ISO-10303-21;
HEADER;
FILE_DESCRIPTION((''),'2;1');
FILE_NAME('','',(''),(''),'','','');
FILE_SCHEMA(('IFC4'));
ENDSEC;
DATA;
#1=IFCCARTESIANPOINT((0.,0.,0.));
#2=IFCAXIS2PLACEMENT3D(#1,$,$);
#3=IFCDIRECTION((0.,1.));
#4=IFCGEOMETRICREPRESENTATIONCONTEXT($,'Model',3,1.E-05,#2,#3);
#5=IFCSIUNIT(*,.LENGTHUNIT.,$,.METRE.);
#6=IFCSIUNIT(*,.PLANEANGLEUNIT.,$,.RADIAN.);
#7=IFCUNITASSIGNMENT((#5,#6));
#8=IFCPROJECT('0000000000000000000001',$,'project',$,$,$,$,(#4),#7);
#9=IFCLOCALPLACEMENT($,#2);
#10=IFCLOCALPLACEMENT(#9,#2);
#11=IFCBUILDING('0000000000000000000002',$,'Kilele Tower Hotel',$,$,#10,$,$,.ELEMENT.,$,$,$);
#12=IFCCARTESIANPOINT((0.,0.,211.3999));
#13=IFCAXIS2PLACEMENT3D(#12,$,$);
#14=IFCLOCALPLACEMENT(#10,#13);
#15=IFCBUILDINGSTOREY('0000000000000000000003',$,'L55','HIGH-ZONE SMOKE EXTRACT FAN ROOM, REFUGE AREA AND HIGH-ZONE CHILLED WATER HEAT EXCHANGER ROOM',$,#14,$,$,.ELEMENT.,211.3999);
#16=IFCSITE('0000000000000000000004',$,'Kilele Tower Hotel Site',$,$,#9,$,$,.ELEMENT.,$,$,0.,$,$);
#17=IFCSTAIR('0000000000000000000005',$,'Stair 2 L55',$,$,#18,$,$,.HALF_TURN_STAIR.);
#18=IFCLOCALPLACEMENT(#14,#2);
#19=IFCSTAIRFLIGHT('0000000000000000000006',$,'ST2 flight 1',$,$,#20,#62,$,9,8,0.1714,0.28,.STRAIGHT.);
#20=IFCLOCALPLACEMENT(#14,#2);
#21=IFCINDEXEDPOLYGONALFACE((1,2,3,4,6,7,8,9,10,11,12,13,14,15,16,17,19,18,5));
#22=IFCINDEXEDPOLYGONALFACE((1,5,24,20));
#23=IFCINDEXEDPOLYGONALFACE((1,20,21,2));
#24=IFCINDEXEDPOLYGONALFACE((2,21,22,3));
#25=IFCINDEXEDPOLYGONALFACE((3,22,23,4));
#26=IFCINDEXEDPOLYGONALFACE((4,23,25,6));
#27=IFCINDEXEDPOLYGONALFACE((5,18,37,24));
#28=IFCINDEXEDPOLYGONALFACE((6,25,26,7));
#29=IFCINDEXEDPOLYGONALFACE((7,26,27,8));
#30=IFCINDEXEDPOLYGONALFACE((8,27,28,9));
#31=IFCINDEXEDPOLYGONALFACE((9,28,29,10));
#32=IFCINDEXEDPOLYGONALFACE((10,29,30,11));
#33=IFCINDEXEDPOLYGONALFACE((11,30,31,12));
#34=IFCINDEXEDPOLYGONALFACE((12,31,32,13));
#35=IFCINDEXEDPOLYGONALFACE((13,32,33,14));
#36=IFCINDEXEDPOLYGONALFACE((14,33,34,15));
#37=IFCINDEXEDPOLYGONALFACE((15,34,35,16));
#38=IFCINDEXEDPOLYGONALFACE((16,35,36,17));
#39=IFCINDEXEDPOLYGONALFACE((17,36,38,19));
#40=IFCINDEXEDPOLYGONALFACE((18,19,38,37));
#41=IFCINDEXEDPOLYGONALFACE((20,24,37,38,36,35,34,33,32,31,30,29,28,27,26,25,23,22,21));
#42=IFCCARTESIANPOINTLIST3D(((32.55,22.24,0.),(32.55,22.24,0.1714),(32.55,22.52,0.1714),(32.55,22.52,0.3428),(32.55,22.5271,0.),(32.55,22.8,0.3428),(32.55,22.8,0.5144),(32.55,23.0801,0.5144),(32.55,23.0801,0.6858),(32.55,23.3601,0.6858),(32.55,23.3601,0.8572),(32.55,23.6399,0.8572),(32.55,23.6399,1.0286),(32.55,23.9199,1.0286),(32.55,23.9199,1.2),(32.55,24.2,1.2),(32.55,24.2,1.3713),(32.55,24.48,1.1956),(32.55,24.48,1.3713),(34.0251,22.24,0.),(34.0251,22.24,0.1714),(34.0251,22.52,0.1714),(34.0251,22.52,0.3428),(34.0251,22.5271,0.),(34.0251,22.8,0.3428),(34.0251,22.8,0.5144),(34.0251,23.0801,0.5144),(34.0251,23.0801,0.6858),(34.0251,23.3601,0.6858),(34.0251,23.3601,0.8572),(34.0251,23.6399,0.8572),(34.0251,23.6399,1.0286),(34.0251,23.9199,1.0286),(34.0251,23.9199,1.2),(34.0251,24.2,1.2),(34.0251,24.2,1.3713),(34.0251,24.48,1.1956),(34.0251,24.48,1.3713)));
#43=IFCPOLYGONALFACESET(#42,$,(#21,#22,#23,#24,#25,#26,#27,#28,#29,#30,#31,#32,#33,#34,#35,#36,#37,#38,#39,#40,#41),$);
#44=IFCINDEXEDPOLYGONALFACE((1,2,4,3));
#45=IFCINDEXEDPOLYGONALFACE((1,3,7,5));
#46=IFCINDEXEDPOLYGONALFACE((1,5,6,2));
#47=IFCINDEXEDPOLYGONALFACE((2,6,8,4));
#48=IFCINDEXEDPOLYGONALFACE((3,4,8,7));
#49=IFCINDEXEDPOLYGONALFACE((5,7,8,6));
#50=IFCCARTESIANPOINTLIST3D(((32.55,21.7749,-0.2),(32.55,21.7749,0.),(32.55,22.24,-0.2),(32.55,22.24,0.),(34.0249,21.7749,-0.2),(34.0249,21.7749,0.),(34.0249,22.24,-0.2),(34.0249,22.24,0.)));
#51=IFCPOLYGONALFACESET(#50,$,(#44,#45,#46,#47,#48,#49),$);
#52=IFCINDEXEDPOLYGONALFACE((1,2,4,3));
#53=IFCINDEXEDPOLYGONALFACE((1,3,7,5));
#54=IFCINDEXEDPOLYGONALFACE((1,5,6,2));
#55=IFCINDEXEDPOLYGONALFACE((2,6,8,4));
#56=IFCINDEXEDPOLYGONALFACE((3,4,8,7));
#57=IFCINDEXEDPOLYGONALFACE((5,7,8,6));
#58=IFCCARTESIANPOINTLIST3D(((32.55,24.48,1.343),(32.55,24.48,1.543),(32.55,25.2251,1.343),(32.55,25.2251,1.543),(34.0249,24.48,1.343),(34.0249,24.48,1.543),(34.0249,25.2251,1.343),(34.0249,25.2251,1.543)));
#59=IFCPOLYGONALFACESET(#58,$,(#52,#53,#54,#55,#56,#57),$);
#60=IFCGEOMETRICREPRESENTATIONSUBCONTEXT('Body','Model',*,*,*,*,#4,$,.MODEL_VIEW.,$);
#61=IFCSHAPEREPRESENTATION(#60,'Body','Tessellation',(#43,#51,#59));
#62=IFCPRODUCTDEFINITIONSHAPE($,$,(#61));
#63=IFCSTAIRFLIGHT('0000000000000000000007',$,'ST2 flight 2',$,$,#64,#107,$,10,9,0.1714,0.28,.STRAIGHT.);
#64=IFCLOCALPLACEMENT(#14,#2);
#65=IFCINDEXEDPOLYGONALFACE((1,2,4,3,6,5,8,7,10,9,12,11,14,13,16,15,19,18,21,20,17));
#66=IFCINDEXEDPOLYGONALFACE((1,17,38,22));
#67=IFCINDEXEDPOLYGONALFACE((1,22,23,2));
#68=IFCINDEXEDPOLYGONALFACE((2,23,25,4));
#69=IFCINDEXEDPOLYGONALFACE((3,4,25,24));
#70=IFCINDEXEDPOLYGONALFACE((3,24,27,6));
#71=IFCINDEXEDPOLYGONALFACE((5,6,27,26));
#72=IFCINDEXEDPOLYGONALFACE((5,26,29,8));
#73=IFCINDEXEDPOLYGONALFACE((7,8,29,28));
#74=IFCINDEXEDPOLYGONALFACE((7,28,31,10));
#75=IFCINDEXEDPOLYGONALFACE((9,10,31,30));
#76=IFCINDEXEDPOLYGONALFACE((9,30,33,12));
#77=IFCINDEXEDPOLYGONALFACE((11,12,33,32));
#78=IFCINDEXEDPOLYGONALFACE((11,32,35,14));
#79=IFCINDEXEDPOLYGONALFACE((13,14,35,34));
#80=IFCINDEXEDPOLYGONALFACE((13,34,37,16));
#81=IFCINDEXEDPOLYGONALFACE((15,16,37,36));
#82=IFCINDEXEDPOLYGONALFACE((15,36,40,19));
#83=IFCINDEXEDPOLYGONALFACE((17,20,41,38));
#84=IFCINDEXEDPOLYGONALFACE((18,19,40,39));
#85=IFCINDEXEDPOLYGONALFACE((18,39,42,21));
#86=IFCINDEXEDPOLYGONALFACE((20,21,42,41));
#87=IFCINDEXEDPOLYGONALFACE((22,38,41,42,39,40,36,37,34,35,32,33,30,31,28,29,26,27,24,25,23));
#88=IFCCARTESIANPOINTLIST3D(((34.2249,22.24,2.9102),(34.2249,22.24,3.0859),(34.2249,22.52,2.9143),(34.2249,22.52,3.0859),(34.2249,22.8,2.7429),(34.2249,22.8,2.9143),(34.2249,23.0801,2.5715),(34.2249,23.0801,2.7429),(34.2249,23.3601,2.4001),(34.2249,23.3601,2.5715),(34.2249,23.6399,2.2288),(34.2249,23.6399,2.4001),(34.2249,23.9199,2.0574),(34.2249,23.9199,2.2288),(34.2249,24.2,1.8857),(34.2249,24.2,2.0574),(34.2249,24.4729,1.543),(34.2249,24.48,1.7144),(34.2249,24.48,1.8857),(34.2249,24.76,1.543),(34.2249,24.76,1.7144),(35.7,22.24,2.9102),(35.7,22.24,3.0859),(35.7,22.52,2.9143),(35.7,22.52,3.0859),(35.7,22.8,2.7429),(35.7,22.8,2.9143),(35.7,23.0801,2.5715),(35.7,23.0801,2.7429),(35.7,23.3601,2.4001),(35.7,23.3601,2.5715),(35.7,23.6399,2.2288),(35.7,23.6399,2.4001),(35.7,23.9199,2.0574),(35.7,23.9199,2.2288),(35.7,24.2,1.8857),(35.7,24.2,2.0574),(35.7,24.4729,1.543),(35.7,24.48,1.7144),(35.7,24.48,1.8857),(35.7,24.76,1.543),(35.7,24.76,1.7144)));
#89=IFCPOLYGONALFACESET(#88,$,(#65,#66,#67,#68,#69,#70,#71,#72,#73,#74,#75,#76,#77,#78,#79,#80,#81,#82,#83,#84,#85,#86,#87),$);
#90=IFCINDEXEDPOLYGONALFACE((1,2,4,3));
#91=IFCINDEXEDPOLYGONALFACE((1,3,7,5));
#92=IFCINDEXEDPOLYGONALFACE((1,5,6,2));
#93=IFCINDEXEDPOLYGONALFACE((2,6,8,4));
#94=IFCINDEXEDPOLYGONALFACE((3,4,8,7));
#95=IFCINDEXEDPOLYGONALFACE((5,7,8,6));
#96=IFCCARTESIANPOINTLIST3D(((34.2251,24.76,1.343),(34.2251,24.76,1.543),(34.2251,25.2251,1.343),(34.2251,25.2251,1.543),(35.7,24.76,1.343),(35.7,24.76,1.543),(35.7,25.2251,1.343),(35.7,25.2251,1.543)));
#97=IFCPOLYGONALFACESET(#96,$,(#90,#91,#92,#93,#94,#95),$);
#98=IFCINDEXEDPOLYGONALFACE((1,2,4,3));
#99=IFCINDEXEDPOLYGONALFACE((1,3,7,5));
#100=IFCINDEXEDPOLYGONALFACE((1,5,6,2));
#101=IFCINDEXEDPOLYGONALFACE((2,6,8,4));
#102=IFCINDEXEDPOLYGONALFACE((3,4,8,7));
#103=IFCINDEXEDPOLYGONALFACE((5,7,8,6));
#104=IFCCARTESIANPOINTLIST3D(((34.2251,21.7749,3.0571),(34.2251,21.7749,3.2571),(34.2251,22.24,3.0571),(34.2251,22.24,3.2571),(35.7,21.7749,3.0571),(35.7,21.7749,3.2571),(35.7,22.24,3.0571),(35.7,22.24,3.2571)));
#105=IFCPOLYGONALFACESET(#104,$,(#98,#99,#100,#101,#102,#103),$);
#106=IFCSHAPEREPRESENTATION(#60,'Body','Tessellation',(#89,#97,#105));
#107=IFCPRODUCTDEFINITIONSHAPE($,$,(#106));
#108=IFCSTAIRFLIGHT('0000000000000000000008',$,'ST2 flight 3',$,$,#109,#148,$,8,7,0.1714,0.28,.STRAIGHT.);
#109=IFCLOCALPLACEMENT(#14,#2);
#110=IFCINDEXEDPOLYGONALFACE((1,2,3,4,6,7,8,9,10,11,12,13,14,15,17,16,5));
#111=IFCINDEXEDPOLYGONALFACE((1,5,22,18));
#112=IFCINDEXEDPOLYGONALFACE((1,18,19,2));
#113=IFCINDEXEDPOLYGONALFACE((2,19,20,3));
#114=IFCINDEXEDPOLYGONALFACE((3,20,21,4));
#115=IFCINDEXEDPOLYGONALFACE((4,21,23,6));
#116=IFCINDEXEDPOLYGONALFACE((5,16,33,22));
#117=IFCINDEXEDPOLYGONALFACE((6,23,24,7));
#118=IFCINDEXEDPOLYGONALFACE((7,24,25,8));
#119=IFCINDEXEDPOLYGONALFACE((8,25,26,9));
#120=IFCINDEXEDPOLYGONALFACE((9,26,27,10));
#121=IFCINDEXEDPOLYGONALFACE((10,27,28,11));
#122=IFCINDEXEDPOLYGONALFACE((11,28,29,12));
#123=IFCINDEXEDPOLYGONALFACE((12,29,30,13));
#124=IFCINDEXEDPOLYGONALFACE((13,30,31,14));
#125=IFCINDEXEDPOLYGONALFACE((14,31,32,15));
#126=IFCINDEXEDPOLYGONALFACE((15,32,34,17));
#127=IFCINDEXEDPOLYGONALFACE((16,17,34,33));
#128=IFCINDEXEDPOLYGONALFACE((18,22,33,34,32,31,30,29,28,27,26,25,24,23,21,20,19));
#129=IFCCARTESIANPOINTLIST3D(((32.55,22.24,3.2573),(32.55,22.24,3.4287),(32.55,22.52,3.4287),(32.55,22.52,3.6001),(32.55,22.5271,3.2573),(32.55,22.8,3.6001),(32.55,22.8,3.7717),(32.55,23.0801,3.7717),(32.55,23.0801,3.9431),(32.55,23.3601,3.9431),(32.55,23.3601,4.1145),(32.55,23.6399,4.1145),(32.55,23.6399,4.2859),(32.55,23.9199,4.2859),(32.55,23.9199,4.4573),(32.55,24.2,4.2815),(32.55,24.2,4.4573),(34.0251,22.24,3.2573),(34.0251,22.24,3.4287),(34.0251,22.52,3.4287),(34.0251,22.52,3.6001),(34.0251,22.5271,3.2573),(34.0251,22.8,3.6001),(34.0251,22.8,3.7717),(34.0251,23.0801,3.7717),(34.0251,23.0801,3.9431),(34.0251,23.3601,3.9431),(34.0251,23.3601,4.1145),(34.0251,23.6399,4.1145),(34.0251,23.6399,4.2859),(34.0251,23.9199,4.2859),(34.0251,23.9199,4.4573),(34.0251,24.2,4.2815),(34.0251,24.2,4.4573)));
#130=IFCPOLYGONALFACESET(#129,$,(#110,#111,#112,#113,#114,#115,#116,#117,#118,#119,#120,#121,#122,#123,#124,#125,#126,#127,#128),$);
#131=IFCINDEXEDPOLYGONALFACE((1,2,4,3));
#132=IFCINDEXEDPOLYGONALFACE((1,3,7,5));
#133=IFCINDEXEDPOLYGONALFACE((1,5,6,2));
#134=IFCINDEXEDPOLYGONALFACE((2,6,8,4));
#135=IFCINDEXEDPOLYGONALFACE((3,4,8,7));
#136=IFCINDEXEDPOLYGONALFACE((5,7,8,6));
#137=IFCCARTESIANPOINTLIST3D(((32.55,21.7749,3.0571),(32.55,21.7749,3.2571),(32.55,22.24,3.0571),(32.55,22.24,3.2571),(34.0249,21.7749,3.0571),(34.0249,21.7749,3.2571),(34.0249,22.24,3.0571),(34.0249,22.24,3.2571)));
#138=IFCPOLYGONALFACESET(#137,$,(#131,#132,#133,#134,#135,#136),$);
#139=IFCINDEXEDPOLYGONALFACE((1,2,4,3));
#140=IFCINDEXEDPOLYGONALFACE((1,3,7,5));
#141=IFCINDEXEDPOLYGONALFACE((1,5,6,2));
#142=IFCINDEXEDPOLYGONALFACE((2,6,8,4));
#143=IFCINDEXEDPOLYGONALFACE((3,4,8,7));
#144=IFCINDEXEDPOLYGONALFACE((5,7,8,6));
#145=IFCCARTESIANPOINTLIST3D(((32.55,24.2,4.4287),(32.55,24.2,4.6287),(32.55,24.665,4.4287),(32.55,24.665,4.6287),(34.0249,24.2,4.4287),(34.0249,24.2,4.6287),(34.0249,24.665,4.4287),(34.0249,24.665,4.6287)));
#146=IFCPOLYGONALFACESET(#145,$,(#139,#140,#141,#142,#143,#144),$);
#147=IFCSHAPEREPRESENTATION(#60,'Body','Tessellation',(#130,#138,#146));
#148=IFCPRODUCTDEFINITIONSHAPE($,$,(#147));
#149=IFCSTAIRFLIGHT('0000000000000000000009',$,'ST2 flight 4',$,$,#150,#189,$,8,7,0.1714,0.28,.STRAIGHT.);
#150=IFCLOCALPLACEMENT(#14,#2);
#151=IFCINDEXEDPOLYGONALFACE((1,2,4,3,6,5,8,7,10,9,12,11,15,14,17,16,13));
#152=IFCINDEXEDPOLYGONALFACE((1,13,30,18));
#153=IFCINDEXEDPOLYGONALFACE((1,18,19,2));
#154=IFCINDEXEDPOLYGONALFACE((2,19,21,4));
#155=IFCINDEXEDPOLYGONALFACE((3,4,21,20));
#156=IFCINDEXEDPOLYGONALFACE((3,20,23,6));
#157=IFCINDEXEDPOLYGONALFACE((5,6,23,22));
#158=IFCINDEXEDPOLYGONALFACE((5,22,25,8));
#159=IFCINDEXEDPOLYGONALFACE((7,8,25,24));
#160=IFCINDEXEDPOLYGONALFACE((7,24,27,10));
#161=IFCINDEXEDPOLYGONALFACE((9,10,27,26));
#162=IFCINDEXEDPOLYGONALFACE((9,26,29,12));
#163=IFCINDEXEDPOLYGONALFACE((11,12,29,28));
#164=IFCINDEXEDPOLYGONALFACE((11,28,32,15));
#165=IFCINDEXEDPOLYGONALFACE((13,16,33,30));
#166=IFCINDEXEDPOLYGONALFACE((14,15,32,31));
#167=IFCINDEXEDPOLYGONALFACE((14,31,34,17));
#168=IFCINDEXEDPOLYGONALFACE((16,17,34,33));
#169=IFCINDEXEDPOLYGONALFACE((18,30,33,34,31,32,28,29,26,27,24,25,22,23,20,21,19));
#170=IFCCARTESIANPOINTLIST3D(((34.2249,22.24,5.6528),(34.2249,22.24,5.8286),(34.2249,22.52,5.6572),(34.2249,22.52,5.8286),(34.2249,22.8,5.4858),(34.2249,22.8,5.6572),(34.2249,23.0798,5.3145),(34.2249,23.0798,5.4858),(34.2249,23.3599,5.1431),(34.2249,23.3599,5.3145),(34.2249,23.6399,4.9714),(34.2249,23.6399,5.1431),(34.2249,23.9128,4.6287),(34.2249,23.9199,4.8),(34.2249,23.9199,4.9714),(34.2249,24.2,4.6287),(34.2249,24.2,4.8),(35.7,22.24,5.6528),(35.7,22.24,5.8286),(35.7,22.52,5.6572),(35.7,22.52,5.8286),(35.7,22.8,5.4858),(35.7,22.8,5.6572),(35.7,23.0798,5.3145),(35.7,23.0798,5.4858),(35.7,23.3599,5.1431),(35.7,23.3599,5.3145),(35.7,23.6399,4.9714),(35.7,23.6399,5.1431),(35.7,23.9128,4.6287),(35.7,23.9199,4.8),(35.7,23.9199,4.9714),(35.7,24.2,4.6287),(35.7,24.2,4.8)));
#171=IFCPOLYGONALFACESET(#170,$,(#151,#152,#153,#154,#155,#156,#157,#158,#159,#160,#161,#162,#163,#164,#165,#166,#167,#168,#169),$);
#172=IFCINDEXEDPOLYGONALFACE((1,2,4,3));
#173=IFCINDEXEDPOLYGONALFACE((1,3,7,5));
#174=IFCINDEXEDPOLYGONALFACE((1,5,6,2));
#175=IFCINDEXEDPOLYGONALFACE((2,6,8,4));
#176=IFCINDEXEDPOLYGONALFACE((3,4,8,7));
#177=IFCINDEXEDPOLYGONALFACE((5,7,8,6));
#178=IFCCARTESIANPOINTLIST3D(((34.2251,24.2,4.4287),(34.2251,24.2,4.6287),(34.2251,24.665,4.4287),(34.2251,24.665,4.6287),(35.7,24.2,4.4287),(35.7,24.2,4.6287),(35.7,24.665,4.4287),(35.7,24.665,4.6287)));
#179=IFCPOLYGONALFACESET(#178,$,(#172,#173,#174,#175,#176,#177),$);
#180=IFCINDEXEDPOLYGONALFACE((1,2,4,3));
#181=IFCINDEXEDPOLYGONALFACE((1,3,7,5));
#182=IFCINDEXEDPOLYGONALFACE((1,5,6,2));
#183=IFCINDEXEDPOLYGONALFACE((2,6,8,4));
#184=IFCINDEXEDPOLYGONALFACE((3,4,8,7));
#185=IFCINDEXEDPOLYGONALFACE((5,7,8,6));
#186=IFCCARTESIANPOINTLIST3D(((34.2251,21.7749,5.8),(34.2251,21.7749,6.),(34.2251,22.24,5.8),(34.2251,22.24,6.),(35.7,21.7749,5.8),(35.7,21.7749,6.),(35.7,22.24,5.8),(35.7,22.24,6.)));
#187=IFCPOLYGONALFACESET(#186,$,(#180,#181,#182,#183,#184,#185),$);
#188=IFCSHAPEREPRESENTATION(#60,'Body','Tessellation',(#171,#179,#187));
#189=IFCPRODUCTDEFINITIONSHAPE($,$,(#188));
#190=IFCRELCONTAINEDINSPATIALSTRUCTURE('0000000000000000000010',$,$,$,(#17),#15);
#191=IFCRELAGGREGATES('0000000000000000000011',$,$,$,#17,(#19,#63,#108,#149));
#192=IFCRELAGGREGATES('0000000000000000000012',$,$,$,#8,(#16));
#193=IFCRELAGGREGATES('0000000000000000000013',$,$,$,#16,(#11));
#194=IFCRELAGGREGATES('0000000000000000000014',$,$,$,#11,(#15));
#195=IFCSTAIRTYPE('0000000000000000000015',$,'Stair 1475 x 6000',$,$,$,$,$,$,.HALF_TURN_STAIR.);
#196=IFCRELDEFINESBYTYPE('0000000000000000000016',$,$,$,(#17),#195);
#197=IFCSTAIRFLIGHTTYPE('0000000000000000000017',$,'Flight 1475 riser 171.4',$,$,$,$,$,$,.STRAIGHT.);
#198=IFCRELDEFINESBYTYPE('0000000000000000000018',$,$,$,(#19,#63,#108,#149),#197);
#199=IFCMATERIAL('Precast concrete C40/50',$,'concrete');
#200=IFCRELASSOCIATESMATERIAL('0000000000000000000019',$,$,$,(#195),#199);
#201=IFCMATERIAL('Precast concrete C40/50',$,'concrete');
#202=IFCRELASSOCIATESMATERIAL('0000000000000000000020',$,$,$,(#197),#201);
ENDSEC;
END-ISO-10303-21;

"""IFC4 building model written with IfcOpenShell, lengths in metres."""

from ifc_helpers import new_model, si_unit, direction, frame, origin, place, context, subcontext, project, spatial, polyline, outline, extrude, material, type_object, element, aggregate, save


model = new_model("IFC4")

# Units and contexts
model_context = context("Model", 3, precision=1e-05, world=origin(), true_north=direction((0.0, 1.0)))
body_context = subcontext(model_context, "Body", "Model", "MODEL_VIEW")
ifc_project = project(units=[si_unit("LENGTHUNIT", "METRE"), si_unit("PLANEANGLEUNIT", "RADIAN")], contexts=[model_context])

# Site, building, storey
site_placement = place(None, origin())
site = spatial("IfcSite", under=ifc_project, at=site_placement, Name="Kilele Tower Hotel Site", CompositionType="ELEMENT", RefElevation=0.0)
building_placement = place(site_placement, origin())
building = spatial("IfcBuilding", under=site, at=building_placement, Name="Kilele Tower Hotel", CompositionType="ELEMENT")
storey_placement = place(building_placement, frame((0.0, 0.0, 211.3999)))
storey = spatial("IfcBuildingStorey", under=building, at=storey_placement, Name="L55", Description="HIGH-ZONE SMOKE EXTRACT FAN ROOM, REFUGE AREA AND HIGH-ZONE CHILLED WATER HEAT EXCHANGER ROOM", CompositionType="ELEMENT", Elevation=211.3999)

# Stair, stair flights
ifc_material_1 = material(Name="Precast concrete C40/50", Category="concrete")
stair_type = type_object("IfcStairType", Name="Stair 1475 x 6000", PredefinedType="HALF_TURN_STAIR", material=ifc_material_1)
stair_placement = place(storey_placement, origin())
stair = element("IfcStair", 1, at=stair_placement, inside=storey, type_object=stair_type, Name="Stair 2 L55", PredefinedType="HALF_TURN_STAIR")
ifc_material_2 = material(Name="Precast concrete C40/50", Category="concrete")
stair_flight_type = type_object("IfcStairFlightType", Name="Flight 1475 riser 171.4", PredefinedType="STRAIGHT", material=ifc_material_2)
stair_flight_1_placement = place(storey_placement, frame((33.2876, 22.24, 0.0), z_axis=(0.0, 0.0, 1.0), x_axis=(0.0, 1.0, 0.0)))
stair_flight_1 = element("IfcStairFlight", 2, at=stair_flight_1_placement, type_object=stair_flight_type, Name="ST2 flight 1", NumberOfRisers=9, NumberOfTreads=8, PredefinedType="STRAIGHT", RiserHeight=0.1714, TreadLength=0.28, context=body_context, shape_type="SweptSolid", body=[
    extrude(outline(polyline([(0.0, 0.0), (0.0, 0.1714), (0.28, 0.1714), (0.28, 0.3428), (0.5601, 0.3428), (0.5601, 0.5144), (0.8401, 0.5144), (0.8401, 0.6858), (1.1201, 0.6858), (1.1201, 0.8572), (1.3999, 0.8572), (1.3999, 1.0286), (1.6799, 1.0286), (1.6799, 1.2), (1.96, 1.2), (1.96, 1.3713), (2.24, 1.3713), (2.24, 1.543), (2.24, 1.1956), (0.2871, 0.0), (0.0, 0.0)])), frame((0.0, 0.7375, 0.0), z_axis=(0.0, -1.0, 0.0), x_axis=(1.0, 0.0, 0.0)), (0.0, 0.0, 1.0), 1.4751),
    extrude(outline(polyline([(-0.4651, 0.7375), (-0.4651, -0.7373), (0.0, -0.7373), (0.0, 0.7375), (-0.4651, 0.7375)])), frame((0.0, 0.0, -0.2)), (0.0, 0.0, 1.0), 0.2),
    extrude(outline(polyline([(2.24, 0.7375), (2.24, -0.7373), (2.9851, -0.7373), (2.9851, 0.7375), (2.24, 0.7375)])), frame((0.0, 0.0, 1.343)), (0.0, 0.0, 1.0), 0.2),
])
stair_flight_2_placement = place(storey_placement, frame((34.9624, 24.76, 1.543), z_axis=(0.0, 0.0, 1.0), x_axis=(0.0, -1.0, 0.0)))
stair_flight_2 = element("IfcStairFlight", 3, at=stair_flight_2_placement, type_object=stair_flight_type, Name="ST2 flight 2", NumberOfRisers=10, NumberOfTreads=9, PredefinedType="STRAIGHT", RiserHeight=0.1714, TreadLength=0.28, context=body_context, shape_type="SweptSolid", body=[
    extrude(outline(polyline([(0.0, 0.0), (0.0, 0.1714), (0.28, 0.1714), (0.28, 0.3428), (0.5601, 0.3428), (0.5601, 0.5144), (0.8401, 0.5144), (0.8401, 0.6858), (1.1201, 0.6858), (1.1201, 0.8572), (1.3999, 0.8572), (1.3999, 1.0286), (1.6799, 1.0286), (1.6799, 1.2), (1.96, 1.2), (1.96, 1.3713), (2.24, 1.3713), (2.24, 1.543), (2.52, 1.543), (2.52, 1.7144), (2.52, 1.3672), (0.2871, 0.0), (0.0, 0.0)])), frame((0.0, 0.7375, 0.0), z_axis=(0.0, -1.0, 0.0), x_axis=(1.0, 0.0, 0.0)), (0.0, 0.0, 1.0), 1.4751),
    extrude(outline(polyline([(0.0, -0.7373), (0.0, 0.7375), (-0.4651, 0.7375), (-0.4651, -0.7373), (0.0, -0.7373)])), frame((0.0, 0.0, -0.2)), (0.0, 0.0, 1.0), 0.2),
    extrude(outline(polyline([(2.9851, -0.7373), (2.9851, 0.7375), (2.52, 0.7375), (2.52, -0.7373), (2.9851, -0.7373)])), frame((0.0, 0.0, 1.5142)), (0.0, 0.0, 1.0), 0.2),
])
stair_flight_3_placement = place(storey_placement, frame((33.2876, 22.24, 3.2573), z_axis=(0.0, 0.0, 1.0), x_axis=(0.0, 1.0, 0.0)))
stair_flight_3 = element("IfcStairFlight", 4, at=stair_flight_3_placement, type_object=stair_flight_type, Name="ST2 flight 3", NumberOfRisers=8, NumberOfTreads=7, PredefinedType="STRAIGHT", RiserHeight=0.1714, TreadLength=0.28, context=body_context, shape_type="SweptSolid", body=[
    extrude(outline(polyline([(0.0, 0.0), (0.0, 0.1714), (0.28, 0.1714), (0.28, 0.3428), (0.5601, 0.3428), (0.5601, 0.5144), (0.8401, 0.5144), (0.8401, 0.6858), (1.1201, 0.6858), (1.1201, 0.8572), (1.3999, 0.8572), (1.3999, 1.0286), (1.6799, 1.0286), (1.6799, 1.2), (1.96, 1.2), (1.96, 1.3713), (1.96, 1.0242), (0.2871, 0.0), (0.0, 0.0)])), frame((0.0, 0.7375, 0.0), z_axis=(0.0, -1.0, 0.0), x_axis=(1.0, 0.0, 0.0)), (0.0, 0.0, 1.0), 1.4751),
    extrude(outline(polyline([(-0.4651, 0.7375), (-0.4651, -0.7373), (0.0, -0.7373), (0.0, 0.7375), (-0.4651, 0.7375)])), frame((0.0, 0.0, -0.2002)), (0.0, 0.0, 1.0), 0.2),
    extrude(outline(polyline([(1.96, 0.7375), (1.96, -0.7373), (2.425, -0.7373), (2.425, 0.7375), (1.96, 0.7375)])), frame((0.0, 0.0, 1.1714)), (0.0, 0.0, 1.0), 0.2),
])
stair_flight_4_placement = place(storey_placement, frame((34.9624, 24.2, 4.6287), z_axis=(0.0, 0.0, 1.0), x_axis=(0.0, -1.0, 0.0)))
stair_flight_4 = element("IfcStairFlight", 5, at=stair_flight_4_placement, type_object=stair_flight_type, Name="ST2 flight 4", NumberOfRisers=8, NumberOfTreads=7, PredefinedType="STRAIGHT", RiserHeight=0.1714, TreadLength=0.28, context=body_context, shape_type="SweptSolid", body=[
    extrude(outline(polyline([(0.0, 0.0), (0.0, 0.1714), (0.28, 0.1714), (0.28, 0.3428), (0.5601, 0.3428), (0.5601, 0.5144), (0.8401, 0.5144), (0.8401, 0.6858), (1.1201, 0.6858), (1.1201, 0.8572), (1.3999, 0.8572), (1.3999, 1.0286), (1.6799, 1.0286), (1.6799, 1.2), (1.96, 1.2), (1.96, 1.3713), (1.96, 1.0242), (0.2871, 0.0), (0.0, 0.0)])), frame((0.0, 0.7375, 0.0), z_axis=(0.0, -1.0, 0.0), x_axis=(1.0, 0.0, 0.0)), (0.0, 0.0, 1.0), 1.4751),
    extrude(outline(polyline([(0.0, -0.7373), (0.0, 0.7375), (-0.4651, 0.7375), (-0.4651, -0.7373), (0.0, -0.7373)])), frame((0.0, 0.0, -0.2)), (0.0, 0.0, 1.0), 0.2),
    extrude(outline(polyline([(2.425, -0.7373), (2.425, 0.7375), (1.96, 0.7375), (1.96, -0.7373), (2.425, -0.7373)])), frame((0.0, 0.0, 1.1714)), (0.0, 0.0, 1.0), 0.2),
])
aggregate(stair, [stair_flight_1, stair_flight_2, stair_flight_3, stair_flight_4])

save(model, "model.ifc")
